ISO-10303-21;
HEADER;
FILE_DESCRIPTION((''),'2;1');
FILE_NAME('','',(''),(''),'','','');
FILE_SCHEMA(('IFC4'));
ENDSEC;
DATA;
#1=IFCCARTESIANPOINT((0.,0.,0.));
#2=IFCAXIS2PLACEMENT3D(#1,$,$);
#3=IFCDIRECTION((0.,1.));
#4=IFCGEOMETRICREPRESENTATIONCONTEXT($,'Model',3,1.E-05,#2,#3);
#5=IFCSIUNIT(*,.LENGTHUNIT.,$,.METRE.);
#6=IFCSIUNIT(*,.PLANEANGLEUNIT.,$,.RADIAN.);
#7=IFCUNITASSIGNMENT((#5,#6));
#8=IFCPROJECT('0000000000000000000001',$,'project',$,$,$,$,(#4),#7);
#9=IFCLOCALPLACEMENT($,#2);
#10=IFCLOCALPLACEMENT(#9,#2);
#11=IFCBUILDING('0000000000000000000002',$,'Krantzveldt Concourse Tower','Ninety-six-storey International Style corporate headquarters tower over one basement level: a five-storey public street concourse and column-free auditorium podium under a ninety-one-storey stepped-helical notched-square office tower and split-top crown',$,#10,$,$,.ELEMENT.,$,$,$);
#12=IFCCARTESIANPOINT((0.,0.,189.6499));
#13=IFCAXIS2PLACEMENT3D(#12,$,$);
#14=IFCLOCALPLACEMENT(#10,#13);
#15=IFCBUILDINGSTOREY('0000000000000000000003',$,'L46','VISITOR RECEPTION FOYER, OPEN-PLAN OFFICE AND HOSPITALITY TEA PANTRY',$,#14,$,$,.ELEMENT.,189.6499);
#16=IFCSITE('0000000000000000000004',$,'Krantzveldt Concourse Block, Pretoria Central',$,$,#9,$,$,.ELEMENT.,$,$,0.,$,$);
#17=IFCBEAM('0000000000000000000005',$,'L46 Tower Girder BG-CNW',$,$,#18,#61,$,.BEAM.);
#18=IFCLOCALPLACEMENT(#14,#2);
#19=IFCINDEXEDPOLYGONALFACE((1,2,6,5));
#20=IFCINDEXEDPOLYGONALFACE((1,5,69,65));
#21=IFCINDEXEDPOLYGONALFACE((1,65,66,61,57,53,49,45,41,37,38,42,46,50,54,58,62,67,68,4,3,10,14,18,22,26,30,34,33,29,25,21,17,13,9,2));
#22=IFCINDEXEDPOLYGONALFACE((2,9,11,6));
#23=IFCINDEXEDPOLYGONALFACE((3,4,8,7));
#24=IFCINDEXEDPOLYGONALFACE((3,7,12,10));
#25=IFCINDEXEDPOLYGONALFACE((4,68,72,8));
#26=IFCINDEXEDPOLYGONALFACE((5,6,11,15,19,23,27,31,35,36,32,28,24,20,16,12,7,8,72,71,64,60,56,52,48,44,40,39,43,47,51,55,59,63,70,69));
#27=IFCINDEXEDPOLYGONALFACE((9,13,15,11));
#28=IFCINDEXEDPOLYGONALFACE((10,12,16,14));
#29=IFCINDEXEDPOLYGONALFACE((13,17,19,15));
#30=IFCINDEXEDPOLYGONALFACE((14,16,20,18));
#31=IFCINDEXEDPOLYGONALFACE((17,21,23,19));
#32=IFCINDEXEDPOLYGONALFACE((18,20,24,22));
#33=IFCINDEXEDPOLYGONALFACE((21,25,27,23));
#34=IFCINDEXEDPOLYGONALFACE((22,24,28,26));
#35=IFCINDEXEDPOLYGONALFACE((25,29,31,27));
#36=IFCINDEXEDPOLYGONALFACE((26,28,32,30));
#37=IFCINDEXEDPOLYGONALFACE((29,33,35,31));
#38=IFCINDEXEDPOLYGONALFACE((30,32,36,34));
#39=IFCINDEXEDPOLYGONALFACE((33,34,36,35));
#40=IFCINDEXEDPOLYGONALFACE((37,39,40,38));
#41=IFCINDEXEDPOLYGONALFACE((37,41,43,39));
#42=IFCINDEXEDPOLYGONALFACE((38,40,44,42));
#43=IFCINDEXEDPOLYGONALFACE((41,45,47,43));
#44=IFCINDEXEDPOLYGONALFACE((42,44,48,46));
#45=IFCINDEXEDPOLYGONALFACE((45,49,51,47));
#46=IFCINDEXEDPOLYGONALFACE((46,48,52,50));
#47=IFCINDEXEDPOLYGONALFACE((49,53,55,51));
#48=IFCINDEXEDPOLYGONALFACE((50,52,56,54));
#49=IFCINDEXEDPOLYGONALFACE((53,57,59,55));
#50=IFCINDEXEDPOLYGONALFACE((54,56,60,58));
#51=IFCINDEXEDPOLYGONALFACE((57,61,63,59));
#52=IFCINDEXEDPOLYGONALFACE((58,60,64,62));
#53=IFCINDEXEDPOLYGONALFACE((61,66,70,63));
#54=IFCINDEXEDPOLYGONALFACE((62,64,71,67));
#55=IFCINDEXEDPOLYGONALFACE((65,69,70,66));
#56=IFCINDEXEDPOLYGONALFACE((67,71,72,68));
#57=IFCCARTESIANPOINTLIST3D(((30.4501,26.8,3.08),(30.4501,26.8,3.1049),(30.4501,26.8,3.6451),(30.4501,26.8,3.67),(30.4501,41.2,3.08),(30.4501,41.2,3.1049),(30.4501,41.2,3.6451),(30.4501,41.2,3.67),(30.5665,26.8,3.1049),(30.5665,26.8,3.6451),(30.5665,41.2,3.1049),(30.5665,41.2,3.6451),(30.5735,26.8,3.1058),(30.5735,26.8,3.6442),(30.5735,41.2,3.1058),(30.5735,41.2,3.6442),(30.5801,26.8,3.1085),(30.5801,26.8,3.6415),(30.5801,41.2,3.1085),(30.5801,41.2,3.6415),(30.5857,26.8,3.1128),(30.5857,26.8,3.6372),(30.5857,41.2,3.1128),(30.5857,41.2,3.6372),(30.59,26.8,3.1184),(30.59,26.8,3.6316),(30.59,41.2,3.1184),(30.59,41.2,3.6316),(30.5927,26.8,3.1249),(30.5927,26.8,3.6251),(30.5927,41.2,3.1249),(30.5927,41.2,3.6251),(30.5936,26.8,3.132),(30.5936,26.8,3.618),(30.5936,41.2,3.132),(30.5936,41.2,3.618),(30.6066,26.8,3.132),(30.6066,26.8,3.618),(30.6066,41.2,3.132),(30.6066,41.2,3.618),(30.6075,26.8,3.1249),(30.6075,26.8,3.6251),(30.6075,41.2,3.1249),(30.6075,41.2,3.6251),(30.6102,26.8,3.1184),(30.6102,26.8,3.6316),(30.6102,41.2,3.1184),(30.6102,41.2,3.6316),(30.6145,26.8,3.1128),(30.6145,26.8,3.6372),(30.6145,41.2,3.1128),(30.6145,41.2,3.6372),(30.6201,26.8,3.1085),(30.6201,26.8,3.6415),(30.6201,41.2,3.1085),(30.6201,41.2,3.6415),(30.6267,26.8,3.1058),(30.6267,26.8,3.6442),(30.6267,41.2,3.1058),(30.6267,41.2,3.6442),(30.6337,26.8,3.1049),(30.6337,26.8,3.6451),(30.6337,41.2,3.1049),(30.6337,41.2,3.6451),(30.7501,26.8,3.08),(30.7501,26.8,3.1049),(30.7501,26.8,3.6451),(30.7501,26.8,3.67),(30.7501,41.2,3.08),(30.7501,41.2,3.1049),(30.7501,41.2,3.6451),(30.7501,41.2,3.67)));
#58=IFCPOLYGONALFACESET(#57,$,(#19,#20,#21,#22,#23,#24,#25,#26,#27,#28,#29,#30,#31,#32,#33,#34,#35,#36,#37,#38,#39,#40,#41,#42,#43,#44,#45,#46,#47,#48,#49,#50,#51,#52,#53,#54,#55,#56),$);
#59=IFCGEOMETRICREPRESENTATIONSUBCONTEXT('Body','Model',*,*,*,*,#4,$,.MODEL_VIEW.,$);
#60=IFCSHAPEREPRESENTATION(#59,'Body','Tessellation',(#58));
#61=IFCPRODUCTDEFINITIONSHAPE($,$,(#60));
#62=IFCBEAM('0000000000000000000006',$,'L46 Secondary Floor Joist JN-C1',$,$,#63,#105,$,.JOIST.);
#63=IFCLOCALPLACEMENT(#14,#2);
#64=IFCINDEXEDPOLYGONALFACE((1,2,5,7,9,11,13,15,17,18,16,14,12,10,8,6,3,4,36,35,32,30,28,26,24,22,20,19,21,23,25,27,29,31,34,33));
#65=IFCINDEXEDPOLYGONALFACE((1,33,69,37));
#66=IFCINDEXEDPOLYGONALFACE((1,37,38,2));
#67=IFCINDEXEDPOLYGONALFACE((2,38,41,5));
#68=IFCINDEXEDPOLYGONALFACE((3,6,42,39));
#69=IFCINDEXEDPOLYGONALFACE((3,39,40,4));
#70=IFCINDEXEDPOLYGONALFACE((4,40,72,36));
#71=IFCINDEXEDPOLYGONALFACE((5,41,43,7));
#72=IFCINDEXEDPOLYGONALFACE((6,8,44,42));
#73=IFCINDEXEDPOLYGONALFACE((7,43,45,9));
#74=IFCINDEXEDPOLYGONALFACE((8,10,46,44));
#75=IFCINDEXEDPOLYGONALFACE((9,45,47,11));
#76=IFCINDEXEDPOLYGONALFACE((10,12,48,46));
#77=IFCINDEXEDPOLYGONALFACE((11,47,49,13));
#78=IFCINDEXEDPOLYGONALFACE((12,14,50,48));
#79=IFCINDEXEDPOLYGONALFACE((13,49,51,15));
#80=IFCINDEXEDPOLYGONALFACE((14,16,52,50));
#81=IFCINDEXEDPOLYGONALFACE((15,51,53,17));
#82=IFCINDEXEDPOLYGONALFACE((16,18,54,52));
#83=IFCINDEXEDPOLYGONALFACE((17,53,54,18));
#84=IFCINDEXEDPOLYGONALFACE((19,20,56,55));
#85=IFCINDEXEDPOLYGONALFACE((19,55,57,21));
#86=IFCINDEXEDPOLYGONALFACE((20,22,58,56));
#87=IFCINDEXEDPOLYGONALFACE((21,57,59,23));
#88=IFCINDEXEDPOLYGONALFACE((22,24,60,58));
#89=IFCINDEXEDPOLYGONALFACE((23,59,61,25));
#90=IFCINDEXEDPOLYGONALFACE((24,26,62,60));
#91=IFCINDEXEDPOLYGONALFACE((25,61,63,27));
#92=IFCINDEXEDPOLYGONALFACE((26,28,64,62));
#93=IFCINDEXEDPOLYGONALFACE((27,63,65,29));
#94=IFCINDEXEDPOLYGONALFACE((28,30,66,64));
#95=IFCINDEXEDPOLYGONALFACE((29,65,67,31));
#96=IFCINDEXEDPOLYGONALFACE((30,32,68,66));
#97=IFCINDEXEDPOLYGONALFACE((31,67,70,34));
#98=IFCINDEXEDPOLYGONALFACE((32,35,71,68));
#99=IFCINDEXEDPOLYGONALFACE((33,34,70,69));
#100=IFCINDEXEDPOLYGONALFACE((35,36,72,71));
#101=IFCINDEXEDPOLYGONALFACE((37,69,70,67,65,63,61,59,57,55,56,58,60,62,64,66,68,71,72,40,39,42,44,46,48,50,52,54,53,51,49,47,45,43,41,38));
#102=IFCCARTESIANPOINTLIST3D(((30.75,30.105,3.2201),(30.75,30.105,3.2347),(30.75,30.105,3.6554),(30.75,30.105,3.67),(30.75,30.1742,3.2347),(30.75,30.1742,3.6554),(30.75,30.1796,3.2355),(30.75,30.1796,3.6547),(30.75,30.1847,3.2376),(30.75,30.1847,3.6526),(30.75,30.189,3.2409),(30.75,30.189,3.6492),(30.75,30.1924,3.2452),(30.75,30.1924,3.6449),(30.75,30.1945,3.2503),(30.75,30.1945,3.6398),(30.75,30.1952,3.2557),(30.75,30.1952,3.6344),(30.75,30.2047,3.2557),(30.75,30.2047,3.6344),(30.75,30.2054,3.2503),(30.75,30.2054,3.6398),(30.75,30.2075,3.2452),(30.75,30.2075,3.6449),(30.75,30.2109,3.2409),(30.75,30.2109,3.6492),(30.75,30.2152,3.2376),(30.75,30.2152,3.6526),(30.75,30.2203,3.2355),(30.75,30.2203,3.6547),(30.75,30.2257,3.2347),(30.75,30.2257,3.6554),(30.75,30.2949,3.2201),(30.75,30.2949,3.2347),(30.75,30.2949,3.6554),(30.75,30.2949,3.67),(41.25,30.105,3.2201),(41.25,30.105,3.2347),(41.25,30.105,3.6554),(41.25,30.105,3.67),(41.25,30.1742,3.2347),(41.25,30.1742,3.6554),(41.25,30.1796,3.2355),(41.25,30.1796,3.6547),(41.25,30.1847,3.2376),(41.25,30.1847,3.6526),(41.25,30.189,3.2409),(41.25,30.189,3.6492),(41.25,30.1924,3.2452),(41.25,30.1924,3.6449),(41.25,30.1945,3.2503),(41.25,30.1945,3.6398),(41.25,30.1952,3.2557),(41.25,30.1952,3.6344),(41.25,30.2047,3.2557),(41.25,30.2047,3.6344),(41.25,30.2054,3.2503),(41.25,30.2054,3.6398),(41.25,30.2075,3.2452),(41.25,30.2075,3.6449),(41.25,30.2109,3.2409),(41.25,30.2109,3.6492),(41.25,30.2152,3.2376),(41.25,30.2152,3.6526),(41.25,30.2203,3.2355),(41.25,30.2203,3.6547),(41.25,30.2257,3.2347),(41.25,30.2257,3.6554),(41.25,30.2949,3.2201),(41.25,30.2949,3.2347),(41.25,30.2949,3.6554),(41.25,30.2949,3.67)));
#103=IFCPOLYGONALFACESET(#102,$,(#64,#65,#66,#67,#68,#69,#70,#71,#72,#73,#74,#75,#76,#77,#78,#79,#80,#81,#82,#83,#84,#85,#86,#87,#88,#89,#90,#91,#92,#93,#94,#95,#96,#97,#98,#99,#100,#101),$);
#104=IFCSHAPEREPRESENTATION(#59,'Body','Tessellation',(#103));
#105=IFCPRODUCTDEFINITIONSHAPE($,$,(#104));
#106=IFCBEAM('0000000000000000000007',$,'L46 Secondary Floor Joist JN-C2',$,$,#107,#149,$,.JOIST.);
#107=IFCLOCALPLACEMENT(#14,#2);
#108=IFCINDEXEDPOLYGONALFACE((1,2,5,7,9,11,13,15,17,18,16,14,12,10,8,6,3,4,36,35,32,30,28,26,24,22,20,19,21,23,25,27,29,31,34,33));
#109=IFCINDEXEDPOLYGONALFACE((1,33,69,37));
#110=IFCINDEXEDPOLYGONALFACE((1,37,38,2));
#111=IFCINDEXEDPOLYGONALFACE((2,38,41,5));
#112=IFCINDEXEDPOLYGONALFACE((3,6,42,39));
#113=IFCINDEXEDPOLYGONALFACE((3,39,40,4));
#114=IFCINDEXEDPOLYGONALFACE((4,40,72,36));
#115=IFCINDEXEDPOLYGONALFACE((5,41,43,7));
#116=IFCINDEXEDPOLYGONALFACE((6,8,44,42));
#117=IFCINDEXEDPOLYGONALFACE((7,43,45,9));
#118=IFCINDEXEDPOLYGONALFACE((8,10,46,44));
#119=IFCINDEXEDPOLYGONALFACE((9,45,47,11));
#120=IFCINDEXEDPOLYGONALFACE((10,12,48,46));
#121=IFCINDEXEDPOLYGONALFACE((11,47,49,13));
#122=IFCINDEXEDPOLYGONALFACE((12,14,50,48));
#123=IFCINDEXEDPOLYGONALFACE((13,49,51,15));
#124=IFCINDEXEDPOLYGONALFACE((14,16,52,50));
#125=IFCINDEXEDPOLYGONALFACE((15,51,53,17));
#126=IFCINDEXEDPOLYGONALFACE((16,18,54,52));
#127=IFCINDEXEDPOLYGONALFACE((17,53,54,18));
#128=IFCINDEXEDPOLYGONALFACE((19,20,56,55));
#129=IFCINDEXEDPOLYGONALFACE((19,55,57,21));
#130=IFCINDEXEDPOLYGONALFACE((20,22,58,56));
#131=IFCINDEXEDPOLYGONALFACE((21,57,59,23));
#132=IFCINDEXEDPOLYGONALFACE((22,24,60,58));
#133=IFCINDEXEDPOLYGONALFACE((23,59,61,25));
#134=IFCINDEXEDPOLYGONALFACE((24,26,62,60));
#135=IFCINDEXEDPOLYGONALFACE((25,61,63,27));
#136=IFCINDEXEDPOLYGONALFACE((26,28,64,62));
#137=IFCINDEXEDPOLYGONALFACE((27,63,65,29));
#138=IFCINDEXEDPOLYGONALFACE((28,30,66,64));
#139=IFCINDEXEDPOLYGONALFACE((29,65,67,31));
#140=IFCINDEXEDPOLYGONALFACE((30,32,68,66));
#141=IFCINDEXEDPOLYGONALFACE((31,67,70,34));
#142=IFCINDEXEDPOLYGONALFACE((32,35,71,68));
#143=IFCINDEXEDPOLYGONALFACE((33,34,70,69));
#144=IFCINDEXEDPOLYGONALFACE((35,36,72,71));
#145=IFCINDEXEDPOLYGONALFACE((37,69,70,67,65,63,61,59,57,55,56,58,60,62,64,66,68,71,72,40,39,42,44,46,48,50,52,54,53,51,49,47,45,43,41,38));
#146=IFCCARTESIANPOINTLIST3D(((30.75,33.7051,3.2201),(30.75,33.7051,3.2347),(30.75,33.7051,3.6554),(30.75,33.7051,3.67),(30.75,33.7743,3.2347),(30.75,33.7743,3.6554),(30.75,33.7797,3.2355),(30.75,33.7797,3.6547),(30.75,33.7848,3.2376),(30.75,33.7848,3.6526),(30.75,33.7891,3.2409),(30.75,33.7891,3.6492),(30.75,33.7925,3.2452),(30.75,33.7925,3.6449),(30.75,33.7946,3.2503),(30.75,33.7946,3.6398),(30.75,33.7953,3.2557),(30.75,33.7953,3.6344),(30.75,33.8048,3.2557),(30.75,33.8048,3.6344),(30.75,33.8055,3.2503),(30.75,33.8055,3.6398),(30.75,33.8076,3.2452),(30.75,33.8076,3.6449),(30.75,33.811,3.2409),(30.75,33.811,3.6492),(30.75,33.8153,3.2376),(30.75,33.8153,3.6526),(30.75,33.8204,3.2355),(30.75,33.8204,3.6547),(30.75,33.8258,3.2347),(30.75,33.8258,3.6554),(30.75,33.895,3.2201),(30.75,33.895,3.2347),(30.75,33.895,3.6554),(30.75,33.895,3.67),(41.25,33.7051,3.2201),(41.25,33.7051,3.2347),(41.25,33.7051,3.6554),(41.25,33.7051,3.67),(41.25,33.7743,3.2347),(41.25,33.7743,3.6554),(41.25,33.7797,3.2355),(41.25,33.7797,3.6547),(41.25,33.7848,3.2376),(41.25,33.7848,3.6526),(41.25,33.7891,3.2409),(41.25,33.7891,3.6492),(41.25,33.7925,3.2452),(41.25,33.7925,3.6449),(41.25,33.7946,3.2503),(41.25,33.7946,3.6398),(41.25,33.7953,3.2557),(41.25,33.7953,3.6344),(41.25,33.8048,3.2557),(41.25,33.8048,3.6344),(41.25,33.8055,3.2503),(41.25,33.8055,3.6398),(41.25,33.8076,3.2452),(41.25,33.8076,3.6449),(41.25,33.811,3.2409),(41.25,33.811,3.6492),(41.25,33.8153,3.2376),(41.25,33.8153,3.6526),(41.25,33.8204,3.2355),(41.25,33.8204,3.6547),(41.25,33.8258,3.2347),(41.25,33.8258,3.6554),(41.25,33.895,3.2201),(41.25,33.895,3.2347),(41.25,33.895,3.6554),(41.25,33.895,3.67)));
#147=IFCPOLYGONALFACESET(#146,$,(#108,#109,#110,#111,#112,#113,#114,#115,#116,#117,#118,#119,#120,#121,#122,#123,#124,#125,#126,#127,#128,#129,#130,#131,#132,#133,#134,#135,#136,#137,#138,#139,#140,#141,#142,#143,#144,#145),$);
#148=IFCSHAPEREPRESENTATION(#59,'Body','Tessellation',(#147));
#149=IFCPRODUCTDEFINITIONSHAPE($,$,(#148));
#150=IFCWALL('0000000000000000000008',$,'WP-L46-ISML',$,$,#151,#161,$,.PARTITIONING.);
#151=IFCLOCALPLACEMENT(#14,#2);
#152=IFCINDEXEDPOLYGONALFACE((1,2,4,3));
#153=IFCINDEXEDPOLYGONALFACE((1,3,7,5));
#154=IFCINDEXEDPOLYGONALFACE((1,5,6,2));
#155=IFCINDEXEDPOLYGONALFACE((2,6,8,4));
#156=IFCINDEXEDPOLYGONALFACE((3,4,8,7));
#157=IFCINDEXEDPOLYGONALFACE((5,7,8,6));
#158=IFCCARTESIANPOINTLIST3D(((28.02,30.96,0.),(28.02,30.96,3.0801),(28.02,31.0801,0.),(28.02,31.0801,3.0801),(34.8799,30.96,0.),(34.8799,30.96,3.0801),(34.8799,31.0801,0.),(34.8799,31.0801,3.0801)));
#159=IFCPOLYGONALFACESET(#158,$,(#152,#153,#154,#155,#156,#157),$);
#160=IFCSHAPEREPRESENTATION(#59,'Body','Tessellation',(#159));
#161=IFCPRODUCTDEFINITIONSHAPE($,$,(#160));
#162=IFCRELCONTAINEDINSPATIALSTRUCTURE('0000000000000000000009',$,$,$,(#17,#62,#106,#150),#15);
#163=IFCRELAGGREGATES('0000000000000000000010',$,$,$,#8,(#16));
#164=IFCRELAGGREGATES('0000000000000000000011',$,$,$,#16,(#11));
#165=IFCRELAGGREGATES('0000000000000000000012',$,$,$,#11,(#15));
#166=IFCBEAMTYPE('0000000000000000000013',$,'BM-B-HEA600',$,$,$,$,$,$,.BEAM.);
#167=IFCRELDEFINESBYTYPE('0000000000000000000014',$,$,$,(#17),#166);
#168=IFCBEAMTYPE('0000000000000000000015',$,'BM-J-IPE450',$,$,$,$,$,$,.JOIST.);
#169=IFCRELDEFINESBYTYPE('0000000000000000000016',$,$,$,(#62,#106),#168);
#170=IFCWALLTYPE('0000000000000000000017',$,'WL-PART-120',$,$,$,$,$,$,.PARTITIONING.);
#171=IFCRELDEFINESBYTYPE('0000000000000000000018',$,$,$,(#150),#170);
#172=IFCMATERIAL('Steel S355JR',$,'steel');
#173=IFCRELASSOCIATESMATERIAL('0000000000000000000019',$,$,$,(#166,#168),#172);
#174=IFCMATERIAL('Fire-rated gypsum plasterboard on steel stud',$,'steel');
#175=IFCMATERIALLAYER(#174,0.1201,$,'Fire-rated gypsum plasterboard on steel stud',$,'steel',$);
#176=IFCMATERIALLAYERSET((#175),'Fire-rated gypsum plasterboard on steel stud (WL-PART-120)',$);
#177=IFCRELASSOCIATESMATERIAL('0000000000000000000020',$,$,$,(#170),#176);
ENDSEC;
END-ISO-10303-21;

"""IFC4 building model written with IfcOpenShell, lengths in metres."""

from ifc_helpers import new_model, si_unit, direction, frame, frame_2d, origin, origin_2d, place, context, subcontext, project, spatial, rectangle, i_section, extrude, source, transform, mapped, material, layer, layer_set, material_profile, profile_set, type_object, type_shapes, element, save


model = new_model("IFC4")

# Units and contexts
model_context = context("Model", 3, precision=1e-05, world=origin(), true_north=direction((0.0, 1.0)))
body_context = subcontext(model_context, "Body", "Model", "MODEL_VIEW")
ifc_project = project(units=[si_unit("LENGTHUNIT", "METRE"), si_unit("PLANEANGLEUNIT", "RADIAN")], contexts=[model_context])

# Site, building, storey
site_placement = place(None, origin())
site = spatial("IfcSite", under=ifc_project, at=site_placement, Name="Krantzveldt Concourse Block, Pretoria Central", CompositionType="ELEMENT", RefElevation=0.0)
building_placement = place(site_placement, origin())
building = spatial("IfcBuilding", under=site, at=building_placement, Name="Krantzveldt Concourse Tower", Description="Ninety-six-storey International Style corporate headquarters tower over one basement level: a five-storey public street concourse and column-free auditorium podium under a ninety-one-storey stepped-helical notched-square office tower and split-top crown", CompositionType="ELEMENT")
storey_placement = place(building_placement, frame((0.0, 0.0, 189.6499)))
storey = spatial("IfcBuildingStorey", under=building, at=storey_placement, Name="L46", Description="VISITOR RECEPTION FOYER, OPEN-PLAN OFFICE AND HOSPITALITY TEA PANTRY", CompositionType="ELEMENT", Elevation=189.6499)

# Beams
ifc_material_1 = material(Name="Steel S355JR", Category="steel")
ifc_material_profile_1 = material_profile(ifc_material_1, i_section(OverallWidth=0.3, OverallDepth=0.5901, WebThickness=0.0129, FlangeThickness=0.0249, FilletRadius=0.0271, at=origin_2d()), Name="Steel S355JR", Category="steel")
ifc_profile_set_1 = profile_set([ifc_material_profile_1], Name="Steel S355JR - HEA 600")
beam_type_1 = type_object("IfcBeamType", Name="BM-B-HEA600", PredefinedType="BEAM", material=ifc_profile_set_1)
shared_shape_1 = source(origin(), body_context, "Body", "SweptSolid", [
    extrude(i_section(OverallWidth=0.3, OverallDepth=0.5901, WebThickness=0.0129, FlangeThickness=0.0249, FilletRadius=0.0271, at=origin_2d()), origin(), (0.0, 0.0, 1.0), 14.3999),
])
type_shapes(beam_type_1, [shared_shape_1])
beam_placement = place(storey_placement, frame((30.6001, 26.8, 3.375), z_axis=(0.0, 1.0, 0.0), x_axis=(-1.0, 0.0, 0.0)))
element("IfcBeam", 1, at=beam_placement, inside=storey, type_object=beam_type_1, Name="L46 Tower Girder BG-CNW", PredefinedType="BEAM", context=body_context, shape_type="MappedRepresentation", body=[
    mapped(shared_shape_1, transform((0.0, 0.0, 0.0), x_axis=(1.0, 0.0, 0.0), y_axis=(0.0, 1.0, 0.0), z_axis=(0.0, 0.0, 1.0), scale=1.0)),
])
ifc_material_profile_2 = material_profile(ifc_material_1, i_section(OverallWidth=0.1899, OverallDepth=0.45, WebThickness=0.0095, FlangeThickness=0.0146, FilletRadius=0.021, at=origin_2d()), Name="Steel S355JR", Category="steel")
ifc_profile_set_2 = profile_set([ifc_material_profile_2], Name="Steel S355JR - IPE 450")
beam_type_2 = type_object("IfcBeamType", Name="BM-J-IPE450", PredefinedType="JOIST", material=ifc_profile_set_2)
shared_shape_2 = source(origin(), body_context, "Body", "SweptSolid", [
    extrude(i_section(OverallWidth=0.1899, OverallDepth=0.45, WebThickness=0.0095, FlangeThickness=0.0146, FilletRadius=0.021, at=origin_2d()), origin(), (0.0, 0.0, 1.0), 10.5),
])
type_shapes(beam_type_2, [shared_shape_2])
for number, where, z_axis, x_axis, name in (
    (2, (30.75, 30.2, 3.4451), (1.0, 0.0, 0.0), (0.0, 1.0, 0.0), "L46 Secondary Floor Joist JN-C1"),
    (3, (30.75, 33.8, 3.4451), (1.0, 0.0, 0.0), (0.0, 1.0, 0.0), "L46 Secondary Floor Joist JN-C2"),
):
    element("IfcBeam", number, at=place(storey_placement, frame(where, z_axis=z_axis, x_axis=x_axis)), inside=storey, type_object=beam_type_2, Name=name, PredefinedType="JOIST", context=body_context, shape_type="MappedRepresentation", body=[
        mapped(shared_shape_2, transform((0.0, 0.0, 0.0), x_axis=(1.0, 0.0, 0.0), y_axis=(0.0, 1.0, 0.0), z_axis=(0.0, 0.0, 1.0), scale=1.0)),
    ])

# Wall
ifc_material_2 = material(Name="Fire-rated gypsum plasterboard on steel stud", Category="steel")
ifc_layer_1 = layer(ifc_material_2, 0.1201, Name="Fire-rated gypsum plasterboard on steel stud", Category="steel")
ifc_layer_set_1 = layer_set([ifc_layer_1], Name="Fire-rated gypsum plasterboard on steel stud (WL-PART-120)")
wall_type_1 = type_object("IfcWallType", Name="WL-PART-120", PredefinedType="PARTITIONING", material=ifc_layer_set_1)
wall_1_placement = place(storey_placement, frame((28.02, 31.02, 0.0), z_axis=(0.0, 0.0, 1.0), x_axis=(1.0, 0.0, 0.0)))
element("IfcWall", 4, at=wall_1_placement, inside=storey, type_object=wall_type_1, Name="WP-L46-ISML", PredefinedType="PARTITIONING", context=body_context, shape_type="SweptSolid", body=[
    extrude(rectangle(XDim=6.8599, YDim=0.1201, at=frame_2d((3.4299, 0.0))), origin(), (0.0, 0.0, 1.0), 3.0801),
])

save(model, "model.ifc")
